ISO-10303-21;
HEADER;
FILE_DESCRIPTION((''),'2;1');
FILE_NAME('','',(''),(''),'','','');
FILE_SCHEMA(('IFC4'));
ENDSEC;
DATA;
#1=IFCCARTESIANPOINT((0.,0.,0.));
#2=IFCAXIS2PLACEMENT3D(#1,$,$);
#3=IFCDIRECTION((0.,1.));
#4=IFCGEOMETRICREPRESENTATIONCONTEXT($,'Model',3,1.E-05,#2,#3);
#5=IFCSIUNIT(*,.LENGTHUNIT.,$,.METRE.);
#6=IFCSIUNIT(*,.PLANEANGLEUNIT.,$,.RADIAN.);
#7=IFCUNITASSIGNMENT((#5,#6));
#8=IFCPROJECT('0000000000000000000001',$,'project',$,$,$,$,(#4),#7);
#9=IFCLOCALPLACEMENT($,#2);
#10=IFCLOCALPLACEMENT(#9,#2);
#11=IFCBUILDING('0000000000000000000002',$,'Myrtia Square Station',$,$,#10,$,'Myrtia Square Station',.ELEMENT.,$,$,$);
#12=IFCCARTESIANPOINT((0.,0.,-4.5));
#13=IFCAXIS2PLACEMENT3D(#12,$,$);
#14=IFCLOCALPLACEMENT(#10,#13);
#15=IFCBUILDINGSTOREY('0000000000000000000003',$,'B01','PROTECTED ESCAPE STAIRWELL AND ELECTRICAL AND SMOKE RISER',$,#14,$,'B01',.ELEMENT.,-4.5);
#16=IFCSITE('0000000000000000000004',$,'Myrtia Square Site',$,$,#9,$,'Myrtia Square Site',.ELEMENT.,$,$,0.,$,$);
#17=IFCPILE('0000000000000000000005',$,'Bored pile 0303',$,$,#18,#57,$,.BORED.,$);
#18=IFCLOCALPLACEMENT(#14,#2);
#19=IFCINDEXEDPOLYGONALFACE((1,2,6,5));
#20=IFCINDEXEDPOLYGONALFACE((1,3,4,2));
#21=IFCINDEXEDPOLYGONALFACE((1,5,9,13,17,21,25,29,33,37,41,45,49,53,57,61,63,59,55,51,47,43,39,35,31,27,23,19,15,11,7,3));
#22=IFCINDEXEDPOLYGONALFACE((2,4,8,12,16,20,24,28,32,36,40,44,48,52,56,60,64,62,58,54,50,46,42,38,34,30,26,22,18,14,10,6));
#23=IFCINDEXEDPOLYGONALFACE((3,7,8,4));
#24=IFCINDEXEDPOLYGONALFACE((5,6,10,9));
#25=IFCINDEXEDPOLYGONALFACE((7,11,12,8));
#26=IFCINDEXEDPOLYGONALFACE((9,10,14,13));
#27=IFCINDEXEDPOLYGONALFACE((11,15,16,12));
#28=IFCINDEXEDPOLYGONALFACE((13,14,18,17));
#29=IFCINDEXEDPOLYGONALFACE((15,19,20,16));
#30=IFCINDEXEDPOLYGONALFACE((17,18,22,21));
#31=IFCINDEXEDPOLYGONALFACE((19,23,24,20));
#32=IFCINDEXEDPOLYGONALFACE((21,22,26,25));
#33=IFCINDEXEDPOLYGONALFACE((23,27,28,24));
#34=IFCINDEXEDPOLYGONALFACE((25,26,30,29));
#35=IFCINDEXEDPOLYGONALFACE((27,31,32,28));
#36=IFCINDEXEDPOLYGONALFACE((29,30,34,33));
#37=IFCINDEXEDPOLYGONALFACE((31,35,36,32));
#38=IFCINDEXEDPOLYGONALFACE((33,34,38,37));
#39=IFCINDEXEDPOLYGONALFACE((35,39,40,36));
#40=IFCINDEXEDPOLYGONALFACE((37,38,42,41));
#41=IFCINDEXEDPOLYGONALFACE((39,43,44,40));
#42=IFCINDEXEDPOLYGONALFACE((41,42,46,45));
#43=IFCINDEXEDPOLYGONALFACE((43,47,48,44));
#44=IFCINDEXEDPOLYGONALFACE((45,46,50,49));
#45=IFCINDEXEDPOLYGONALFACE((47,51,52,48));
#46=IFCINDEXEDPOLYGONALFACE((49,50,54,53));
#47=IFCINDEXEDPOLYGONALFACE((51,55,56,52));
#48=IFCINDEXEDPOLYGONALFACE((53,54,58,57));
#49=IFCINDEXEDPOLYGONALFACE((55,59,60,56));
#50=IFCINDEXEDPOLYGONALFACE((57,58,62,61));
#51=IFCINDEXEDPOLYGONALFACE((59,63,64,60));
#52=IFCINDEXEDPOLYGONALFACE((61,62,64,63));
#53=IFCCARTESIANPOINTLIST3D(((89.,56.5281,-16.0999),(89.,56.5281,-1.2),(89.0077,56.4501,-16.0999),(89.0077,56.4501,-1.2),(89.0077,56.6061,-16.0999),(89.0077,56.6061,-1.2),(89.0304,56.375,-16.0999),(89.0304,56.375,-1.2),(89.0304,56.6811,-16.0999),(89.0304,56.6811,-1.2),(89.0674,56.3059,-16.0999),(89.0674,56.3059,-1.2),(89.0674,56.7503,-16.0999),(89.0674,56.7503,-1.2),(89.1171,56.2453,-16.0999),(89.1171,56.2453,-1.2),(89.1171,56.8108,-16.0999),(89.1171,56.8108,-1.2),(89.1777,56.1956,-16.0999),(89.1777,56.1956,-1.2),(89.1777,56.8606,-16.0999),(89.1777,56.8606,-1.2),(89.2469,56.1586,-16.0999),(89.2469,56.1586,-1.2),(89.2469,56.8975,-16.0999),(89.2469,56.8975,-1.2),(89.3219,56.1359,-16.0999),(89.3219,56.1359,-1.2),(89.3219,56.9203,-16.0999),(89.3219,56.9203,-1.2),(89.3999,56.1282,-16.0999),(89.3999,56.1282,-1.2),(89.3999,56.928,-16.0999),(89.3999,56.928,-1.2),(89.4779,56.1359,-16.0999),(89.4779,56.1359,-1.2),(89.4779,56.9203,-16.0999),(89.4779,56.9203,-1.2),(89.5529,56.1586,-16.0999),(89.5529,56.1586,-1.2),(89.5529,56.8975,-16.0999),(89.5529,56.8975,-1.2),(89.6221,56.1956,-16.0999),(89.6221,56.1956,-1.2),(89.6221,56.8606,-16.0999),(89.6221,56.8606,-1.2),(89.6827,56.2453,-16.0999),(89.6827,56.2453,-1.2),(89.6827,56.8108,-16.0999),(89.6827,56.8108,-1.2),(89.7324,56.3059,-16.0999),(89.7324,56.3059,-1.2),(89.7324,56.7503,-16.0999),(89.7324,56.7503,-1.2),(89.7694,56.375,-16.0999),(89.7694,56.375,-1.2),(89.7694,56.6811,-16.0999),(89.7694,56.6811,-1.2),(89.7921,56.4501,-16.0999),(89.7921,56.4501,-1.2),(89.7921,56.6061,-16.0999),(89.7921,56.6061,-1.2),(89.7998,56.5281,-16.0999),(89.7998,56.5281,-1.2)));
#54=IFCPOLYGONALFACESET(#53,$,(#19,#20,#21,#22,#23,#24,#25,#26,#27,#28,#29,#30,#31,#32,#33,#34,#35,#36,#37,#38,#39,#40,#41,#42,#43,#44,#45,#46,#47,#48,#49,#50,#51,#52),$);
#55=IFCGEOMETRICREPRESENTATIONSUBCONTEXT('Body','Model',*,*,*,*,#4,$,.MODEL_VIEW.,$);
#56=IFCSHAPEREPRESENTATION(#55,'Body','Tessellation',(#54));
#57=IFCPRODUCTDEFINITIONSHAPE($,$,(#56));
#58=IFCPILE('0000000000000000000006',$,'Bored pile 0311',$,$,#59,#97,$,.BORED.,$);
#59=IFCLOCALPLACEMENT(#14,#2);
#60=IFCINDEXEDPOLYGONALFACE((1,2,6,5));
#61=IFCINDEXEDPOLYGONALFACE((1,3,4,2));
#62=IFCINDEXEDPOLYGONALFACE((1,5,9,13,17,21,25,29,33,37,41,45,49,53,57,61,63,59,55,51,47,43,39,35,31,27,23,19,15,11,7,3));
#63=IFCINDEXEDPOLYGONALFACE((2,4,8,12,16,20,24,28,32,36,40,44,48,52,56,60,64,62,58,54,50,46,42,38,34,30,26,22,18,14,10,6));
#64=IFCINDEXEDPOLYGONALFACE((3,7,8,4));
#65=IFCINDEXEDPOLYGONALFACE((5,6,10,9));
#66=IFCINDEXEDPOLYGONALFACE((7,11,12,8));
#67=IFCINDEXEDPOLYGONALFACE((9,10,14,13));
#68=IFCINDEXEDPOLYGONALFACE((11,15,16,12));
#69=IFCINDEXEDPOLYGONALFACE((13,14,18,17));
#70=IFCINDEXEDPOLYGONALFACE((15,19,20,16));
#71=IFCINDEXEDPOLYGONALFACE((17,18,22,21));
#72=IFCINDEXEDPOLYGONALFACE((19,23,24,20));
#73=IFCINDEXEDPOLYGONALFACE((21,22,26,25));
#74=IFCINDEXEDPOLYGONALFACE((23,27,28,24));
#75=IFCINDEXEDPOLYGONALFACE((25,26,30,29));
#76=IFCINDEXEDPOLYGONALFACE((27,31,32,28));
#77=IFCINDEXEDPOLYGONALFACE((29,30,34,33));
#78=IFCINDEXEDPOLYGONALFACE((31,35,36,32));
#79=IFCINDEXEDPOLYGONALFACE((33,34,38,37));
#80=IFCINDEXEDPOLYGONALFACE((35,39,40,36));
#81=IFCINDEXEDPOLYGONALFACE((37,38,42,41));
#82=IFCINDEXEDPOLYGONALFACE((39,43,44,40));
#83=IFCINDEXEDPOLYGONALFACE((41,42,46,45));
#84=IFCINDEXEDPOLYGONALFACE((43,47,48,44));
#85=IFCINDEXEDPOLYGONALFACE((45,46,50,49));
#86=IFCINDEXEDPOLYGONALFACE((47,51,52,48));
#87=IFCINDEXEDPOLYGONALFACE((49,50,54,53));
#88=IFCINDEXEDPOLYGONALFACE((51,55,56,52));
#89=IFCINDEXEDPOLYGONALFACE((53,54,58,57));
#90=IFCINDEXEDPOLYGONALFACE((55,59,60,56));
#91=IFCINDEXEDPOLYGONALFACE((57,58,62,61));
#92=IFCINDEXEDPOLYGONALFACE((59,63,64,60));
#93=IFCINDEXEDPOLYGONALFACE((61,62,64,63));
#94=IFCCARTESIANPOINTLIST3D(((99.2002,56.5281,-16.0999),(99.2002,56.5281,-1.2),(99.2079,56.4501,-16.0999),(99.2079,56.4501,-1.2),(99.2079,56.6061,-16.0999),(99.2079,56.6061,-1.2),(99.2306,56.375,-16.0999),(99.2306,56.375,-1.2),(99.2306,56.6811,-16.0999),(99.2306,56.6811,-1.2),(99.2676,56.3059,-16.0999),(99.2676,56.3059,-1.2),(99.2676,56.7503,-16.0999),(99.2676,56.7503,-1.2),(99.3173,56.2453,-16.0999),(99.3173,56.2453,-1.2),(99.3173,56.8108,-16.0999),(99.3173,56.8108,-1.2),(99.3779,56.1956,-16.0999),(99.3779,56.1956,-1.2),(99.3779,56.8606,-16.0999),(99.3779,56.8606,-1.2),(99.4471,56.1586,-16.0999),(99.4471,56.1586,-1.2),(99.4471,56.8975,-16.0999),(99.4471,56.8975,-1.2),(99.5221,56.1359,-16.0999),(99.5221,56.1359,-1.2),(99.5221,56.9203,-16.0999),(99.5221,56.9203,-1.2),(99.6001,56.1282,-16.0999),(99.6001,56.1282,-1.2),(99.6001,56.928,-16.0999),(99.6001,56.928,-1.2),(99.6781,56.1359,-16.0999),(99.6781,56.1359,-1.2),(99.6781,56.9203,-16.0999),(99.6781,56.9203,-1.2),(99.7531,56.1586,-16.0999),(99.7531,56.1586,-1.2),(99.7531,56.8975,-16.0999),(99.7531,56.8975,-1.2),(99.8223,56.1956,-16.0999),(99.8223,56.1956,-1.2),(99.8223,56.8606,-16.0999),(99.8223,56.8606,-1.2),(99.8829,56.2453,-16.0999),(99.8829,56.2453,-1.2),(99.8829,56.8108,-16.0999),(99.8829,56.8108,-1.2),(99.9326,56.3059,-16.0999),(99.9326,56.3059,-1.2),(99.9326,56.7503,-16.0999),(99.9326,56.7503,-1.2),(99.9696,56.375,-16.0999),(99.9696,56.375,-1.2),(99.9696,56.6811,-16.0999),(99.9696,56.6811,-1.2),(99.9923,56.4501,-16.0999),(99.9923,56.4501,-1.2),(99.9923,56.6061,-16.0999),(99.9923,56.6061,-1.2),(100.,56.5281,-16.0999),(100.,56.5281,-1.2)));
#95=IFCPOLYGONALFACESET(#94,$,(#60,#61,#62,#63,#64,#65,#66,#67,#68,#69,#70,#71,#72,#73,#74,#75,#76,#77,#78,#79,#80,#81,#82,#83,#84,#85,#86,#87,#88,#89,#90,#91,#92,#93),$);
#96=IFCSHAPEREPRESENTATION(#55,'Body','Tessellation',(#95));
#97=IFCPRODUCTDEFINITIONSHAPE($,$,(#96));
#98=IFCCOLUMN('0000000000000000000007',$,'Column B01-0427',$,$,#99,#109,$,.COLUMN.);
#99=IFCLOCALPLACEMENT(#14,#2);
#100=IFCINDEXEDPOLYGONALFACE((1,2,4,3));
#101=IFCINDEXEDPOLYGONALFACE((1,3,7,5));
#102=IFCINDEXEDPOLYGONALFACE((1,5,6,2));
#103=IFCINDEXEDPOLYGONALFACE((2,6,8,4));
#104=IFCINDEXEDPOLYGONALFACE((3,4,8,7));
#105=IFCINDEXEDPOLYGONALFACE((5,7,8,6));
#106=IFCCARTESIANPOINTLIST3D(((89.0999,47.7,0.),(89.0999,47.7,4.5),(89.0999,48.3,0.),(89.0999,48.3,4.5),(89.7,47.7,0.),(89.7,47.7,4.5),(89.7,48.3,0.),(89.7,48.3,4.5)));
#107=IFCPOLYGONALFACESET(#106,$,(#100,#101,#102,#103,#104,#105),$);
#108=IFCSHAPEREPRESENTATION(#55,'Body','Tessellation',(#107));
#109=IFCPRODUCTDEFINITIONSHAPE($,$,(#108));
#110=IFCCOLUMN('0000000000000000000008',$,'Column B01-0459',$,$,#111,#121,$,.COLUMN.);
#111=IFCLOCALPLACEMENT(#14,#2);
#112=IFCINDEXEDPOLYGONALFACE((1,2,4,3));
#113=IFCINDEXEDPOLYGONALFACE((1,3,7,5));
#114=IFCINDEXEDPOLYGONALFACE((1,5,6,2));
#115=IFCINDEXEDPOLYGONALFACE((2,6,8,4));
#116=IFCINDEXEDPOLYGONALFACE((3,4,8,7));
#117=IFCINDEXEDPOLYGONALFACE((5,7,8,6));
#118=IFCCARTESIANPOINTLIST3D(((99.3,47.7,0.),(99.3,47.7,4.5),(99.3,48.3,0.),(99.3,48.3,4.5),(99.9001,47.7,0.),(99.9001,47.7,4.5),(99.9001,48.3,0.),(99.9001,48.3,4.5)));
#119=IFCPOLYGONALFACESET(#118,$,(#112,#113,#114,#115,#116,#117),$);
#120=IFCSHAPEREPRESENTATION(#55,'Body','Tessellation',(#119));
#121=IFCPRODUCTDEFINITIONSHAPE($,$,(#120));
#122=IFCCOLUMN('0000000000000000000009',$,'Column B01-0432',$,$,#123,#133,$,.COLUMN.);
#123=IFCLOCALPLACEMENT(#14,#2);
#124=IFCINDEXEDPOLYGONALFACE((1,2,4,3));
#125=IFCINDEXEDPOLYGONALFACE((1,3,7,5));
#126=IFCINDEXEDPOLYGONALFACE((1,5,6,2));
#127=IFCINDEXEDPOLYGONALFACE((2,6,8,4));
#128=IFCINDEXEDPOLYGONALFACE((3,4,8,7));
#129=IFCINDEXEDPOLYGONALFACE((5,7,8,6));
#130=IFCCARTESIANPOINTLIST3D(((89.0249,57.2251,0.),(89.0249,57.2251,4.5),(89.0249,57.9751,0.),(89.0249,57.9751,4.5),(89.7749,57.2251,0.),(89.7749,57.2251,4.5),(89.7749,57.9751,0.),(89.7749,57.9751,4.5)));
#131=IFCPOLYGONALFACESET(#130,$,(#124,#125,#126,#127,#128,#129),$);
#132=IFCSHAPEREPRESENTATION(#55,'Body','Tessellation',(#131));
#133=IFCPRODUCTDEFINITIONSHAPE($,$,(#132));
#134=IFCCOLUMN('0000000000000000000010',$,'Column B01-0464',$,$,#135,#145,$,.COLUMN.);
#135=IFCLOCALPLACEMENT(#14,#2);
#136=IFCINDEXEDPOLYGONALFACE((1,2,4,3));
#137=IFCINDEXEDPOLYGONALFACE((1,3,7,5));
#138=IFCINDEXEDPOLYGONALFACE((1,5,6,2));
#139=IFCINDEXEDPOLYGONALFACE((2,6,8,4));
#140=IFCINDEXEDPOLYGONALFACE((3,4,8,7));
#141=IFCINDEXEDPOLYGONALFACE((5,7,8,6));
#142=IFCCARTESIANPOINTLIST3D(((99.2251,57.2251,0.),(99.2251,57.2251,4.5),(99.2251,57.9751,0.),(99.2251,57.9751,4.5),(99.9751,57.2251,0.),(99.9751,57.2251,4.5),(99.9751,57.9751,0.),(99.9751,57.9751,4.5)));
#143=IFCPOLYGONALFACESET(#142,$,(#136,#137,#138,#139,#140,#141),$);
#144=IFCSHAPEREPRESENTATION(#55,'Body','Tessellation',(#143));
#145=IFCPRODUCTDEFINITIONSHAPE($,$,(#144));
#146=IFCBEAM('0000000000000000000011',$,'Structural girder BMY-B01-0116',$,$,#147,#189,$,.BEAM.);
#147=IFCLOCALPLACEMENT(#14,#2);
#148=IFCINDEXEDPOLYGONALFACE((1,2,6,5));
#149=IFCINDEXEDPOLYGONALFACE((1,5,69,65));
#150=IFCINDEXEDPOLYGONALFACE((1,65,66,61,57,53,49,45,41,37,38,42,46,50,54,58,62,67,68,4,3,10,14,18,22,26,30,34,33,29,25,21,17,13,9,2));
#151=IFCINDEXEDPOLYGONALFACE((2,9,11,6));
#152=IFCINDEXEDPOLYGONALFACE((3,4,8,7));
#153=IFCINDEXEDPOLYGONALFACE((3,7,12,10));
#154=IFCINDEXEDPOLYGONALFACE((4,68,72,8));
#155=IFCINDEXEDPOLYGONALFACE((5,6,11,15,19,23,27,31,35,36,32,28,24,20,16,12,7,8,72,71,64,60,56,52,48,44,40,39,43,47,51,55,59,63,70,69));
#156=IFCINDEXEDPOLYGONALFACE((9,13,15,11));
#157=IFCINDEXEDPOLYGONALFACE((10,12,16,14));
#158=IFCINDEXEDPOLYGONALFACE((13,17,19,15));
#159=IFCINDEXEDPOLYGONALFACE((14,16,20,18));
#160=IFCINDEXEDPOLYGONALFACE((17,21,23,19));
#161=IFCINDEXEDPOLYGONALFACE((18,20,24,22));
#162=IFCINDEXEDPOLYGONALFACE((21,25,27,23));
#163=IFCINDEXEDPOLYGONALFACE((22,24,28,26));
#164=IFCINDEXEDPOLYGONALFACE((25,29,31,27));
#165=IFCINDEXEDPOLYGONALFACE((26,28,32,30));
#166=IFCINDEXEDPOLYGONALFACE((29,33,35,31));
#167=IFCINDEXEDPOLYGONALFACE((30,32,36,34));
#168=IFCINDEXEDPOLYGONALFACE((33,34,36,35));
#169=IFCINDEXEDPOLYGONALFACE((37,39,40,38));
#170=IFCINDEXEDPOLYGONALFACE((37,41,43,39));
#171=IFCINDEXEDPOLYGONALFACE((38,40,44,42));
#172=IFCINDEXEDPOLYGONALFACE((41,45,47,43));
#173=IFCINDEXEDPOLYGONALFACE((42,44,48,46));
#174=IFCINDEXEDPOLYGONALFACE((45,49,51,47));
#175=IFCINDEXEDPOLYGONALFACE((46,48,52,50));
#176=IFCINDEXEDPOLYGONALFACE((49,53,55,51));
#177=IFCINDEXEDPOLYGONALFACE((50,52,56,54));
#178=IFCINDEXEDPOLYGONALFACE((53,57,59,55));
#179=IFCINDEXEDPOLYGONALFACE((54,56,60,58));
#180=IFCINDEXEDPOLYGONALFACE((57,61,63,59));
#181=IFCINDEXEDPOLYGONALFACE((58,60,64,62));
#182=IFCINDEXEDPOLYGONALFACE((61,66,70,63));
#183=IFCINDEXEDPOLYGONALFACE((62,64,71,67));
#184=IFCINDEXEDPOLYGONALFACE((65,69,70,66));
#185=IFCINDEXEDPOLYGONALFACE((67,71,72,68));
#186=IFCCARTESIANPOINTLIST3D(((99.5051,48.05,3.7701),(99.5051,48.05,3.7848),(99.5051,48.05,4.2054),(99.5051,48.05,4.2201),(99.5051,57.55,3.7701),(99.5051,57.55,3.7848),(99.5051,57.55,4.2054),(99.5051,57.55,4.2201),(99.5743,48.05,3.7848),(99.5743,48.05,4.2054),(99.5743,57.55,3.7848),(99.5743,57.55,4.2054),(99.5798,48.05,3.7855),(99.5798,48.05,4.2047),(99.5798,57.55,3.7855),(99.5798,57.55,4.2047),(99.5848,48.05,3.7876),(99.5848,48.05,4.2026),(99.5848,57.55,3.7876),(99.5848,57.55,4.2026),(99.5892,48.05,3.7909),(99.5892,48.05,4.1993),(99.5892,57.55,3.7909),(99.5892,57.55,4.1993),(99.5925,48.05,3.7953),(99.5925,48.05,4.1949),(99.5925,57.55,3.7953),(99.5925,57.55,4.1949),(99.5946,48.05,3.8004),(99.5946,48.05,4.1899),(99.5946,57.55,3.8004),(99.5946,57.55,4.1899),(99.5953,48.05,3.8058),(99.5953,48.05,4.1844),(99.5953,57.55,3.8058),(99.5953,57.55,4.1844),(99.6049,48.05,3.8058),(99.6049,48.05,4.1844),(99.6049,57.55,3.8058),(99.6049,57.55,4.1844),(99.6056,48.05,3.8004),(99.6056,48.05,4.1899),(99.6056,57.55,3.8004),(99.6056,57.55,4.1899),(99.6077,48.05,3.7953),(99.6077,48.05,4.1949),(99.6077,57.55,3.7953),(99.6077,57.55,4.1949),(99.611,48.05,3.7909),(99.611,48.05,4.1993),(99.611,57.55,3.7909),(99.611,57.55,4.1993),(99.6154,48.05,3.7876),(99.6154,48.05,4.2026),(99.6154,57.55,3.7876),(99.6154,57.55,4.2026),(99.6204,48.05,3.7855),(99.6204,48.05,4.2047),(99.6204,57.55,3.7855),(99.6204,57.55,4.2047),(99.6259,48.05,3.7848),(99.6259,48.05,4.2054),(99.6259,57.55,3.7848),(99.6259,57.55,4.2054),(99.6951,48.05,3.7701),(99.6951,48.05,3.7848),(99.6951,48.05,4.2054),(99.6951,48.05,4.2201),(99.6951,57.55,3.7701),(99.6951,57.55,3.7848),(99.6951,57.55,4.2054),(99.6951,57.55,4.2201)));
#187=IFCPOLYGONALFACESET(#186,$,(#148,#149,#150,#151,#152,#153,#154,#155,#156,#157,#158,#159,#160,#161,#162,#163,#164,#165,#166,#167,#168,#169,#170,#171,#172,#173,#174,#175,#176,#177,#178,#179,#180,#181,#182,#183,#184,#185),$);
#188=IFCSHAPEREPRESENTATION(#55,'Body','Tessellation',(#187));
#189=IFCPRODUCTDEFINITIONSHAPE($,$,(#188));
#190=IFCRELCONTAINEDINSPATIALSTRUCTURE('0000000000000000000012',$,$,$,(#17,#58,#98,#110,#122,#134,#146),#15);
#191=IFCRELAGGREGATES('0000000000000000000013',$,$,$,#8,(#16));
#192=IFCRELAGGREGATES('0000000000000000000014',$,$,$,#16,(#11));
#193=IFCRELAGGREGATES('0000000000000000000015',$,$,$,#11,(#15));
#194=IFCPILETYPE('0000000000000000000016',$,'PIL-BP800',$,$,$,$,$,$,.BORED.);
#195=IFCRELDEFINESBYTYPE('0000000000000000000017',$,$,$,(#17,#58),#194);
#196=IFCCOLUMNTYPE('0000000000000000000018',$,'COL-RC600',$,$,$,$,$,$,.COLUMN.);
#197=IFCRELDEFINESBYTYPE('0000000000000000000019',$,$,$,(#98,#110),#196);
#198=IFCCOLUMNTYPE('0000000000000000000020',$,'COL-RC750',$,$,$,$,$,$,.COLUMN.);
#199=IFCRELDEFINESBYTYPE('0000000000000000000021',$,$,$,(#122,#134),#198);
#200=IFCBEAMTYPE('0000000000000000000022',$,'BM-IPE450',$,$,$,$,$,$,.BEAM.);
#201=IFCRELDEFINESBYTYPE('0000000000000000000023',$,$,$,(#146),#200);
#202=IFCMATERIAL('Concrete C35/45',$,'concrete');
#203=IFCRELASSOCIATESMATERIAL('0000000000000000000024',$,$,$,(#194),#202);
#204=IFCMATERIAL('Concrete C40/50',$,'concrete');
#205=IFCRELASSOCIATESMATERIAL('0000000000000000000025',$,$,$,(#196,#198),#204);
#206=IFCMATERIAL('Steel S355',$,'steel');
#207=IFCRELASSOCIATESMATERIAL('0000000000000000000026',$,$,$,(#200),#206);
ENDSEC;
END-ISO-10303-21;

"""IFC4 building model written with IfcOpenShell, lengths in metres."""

from ifc_helpers import new_model, si_unit, direction, frame, origin, origin_2d, place, context, subcontext, project, spatial, rectangle, circle, i_section, extrude, material, material_profile, profile_set, type_object, element, save


model = new_model("IFC4")

# Units and contexts
model_context = context("Model", 3, precision=1e-05, world=origin(), true_north=direction((0.0, 1.0)))
body_context = subcontext(model_context, "Body", "Model", "MODEL_VIEW")
ifc_project = project(units=[si_unit("LENGTHUNIT", "METRE"), si_unit("PLANEANGLEUNIT", "RADIAN")], contexts=[model_context])

# Site, building, storey
site_placement = place(None, origin())
site = spatial("IfcSite", under=ifc_project, at=site_placement, Name="Myrtia Square Site", LongName="Myrtia Square Site", CompositionType="ELEMENT", RefElevation=0.0)
building_placement = place(site_placement, origin())
building = spatial("IfcBuilding", under=site, at=building_placement, Name="Myrtia Square Station", LongName="Myrtia Square Station", CompositionType="ELEMENT")
storey_placement = place(building_placement, frame((0.0, 0.0, -4.5)))
storey = spatial("IfcBuildingStorey", under=building, at=storey_placement, Name="B01", Description="PROTECTED ESCAPE STAIRWELL AND ELECTRICAL AND SMOKE RISER", LongName="B01", CompositionType="ELEMENT", Elevation=-4.5)

# Shared definitions
ifc_material_1 = material(Name="Concrete C35/45", Category="concrete")

# Piles
ifc_material_profile_1 = material_profile(ifc_material_1, circle(Radius=0.3999, at=origin_2d()), Name="BP D800")
ifc_profile_set_1 = profile_set([ifc_material_profile_1], Name="Concrete C35/45")
pile_type_1 = type_object("IfcPileType", Name="PIL-BP800", PredefinedType="BORED", material=ifc_profile_set_1)
for number, where, z_axis, x_axis, name in (
    (1, (89.3999, 56.5281, -1.2), (0.0, 0.0, -1.0), (1.0, 0.0, 0.0), "Bored pile 0303"),
    (2, (99.6001, 56.5281, -1.2), (0.0, 0.0, -1.0), (1.0, 0.0, 0.0), "Bored pile 0311"),
):
    element("IfcPile", number, at=place(storey_placement, frame(where, z_axis=z_axis, x_axis=x_axis)), inside=storey, type_object=pile_type_1, Name=name, PredefinedType="BORED", context=body_context, shape_type="SweptSolid", body=[
        extrude(circle(Radius=0.3999, at=origin_2d()), origin(), (0.0, 0.0, 1.0), 14.8999),
    ])

# Columns
ifc_material_2 = material(Name="Concrete C40/50", Category="concrete")
ifc_material_profile_2 = material_profile(ifc_material_2, rectangle(XDim=0.6001, YDim=0.6001, at=origin_2d()), Name="RC 600x600")
ifc_profile_set_2 = profile_set([ifc_material_profile_2], Name="Concrete C40/50")
column_type_1 = type_object("IfcColumnType", Name="COL-RC600", PredefinedType="COLUMN", material=ifc_profile_set_2)
for number, where, z_axis, x_axis, name in (
    (3, (89.3999, 48.0, 0.0), (0.0, 0.0, 1.0), (1.0, 0.0, 0.0), "Column B01-0427"),
    (4, (99.6001, 48.0, 0.0), (0.0, 0.0, 1.0), (1.0, 0.0, 0.0), "Column B01-0459"),
):
    element("IfcColumn", number, at=place(storey_placement, frame(where, z_axis=z_axis, x_axis=x_axis)), inside=storey, type_object=column_type_1, Name=name, PredefinedType="COLUMN", context=body_context, shape_type="SweptSolid", body=[
        extrude(rectangle(XDim=0.6001, YDim=0.6001, at=origin_2d()), origin(), (0.0, 0.0, 1.0), 4.5),
    ])
ifc_material_profile_3 = material_profile(ifc_material_2, rectangle(XDim=0.75, YDim=0.75, at=origin_2d()), Name="RC 750x750")
ifc_profile_set_3 = profile_set([ifc_material_profile_3], Name="Concrete C40/50")
column_type_2 = type_object("IfcColumnType", Name="COL-RC750", PredefinedType="COLUMN", material=ifc_profile_set_3)
for number, where, z_axis, x_axis, name in (
    (5, (89.3999, 57.6001, 0.0), (0.0, 0.0, 1.0), (1.0, 0.0, 0.0), "Column B01-0432"),
    (6, (99.6001, 57.6001, 0.0), (0.0, 0.0, 1.0), (1.0, 0.0, 0.0), "Column B01-0464"),
):
    element("IfcColumn", number, at=place(storey_placement, frame(where, z_axis=z_axis, x_axis=x_axis)), inside=storey, type_object=column_type_2, Name=name, PredefinedType="COLUMN", context=body_context, shape_type="SweptSolid", body=[
        extrude(rectangle(XDim=0.75, YDim=0.75, at=origin_2d()), origin(), (0.0, 0.0, 1.0), 4.5),
    ])

# Beam
ifc_material_3 = material(Name="Steel S355", Category="steel")
ifc_material_profile_4 = material_profile(ifc_material_3, i_section(OverallWidth=0.1899, OverallDepth=0.45, WebThickness=0.0095, FlangeThickness=0.0146, FilletRadius=0.021, at=origin_2d()), Name="IPE 450")
ifc_profile_set_4 = profile_set([ifc_material_profile_4], Name="Steel S355")
beam_type_1 = type_object("IfcBeamType", Name="BM-IPE450", PredefinedType="BEAM", material=ifc_profile_set_4)
beam_1_placement = place(storey_placement, frame((99.6001, 48.05, 3.9951), z_axis=(0.0, 1.0, 0.0), x_axis=(-1.0, 0.0, 0.0)))
element("IfcBeam", 7, at=beam_1_placement, inside=storey, type_object=beam_type_1, Name="Structural girder BMY-B01-0116", PredefinedType="BEAM", context=body_context, shape_type="SweptSolid", body=[
    extrude(i_section(OverallWidth=0.1899, OverallDepth=0.45, WebThickness=0.0095, FlangeThickness=0.0146, FilletRadius=0.021, at=origin_2d()), origin(), (0.0, 0.0, 1.0), 9.5),
])

save(model, "model.ifc")
